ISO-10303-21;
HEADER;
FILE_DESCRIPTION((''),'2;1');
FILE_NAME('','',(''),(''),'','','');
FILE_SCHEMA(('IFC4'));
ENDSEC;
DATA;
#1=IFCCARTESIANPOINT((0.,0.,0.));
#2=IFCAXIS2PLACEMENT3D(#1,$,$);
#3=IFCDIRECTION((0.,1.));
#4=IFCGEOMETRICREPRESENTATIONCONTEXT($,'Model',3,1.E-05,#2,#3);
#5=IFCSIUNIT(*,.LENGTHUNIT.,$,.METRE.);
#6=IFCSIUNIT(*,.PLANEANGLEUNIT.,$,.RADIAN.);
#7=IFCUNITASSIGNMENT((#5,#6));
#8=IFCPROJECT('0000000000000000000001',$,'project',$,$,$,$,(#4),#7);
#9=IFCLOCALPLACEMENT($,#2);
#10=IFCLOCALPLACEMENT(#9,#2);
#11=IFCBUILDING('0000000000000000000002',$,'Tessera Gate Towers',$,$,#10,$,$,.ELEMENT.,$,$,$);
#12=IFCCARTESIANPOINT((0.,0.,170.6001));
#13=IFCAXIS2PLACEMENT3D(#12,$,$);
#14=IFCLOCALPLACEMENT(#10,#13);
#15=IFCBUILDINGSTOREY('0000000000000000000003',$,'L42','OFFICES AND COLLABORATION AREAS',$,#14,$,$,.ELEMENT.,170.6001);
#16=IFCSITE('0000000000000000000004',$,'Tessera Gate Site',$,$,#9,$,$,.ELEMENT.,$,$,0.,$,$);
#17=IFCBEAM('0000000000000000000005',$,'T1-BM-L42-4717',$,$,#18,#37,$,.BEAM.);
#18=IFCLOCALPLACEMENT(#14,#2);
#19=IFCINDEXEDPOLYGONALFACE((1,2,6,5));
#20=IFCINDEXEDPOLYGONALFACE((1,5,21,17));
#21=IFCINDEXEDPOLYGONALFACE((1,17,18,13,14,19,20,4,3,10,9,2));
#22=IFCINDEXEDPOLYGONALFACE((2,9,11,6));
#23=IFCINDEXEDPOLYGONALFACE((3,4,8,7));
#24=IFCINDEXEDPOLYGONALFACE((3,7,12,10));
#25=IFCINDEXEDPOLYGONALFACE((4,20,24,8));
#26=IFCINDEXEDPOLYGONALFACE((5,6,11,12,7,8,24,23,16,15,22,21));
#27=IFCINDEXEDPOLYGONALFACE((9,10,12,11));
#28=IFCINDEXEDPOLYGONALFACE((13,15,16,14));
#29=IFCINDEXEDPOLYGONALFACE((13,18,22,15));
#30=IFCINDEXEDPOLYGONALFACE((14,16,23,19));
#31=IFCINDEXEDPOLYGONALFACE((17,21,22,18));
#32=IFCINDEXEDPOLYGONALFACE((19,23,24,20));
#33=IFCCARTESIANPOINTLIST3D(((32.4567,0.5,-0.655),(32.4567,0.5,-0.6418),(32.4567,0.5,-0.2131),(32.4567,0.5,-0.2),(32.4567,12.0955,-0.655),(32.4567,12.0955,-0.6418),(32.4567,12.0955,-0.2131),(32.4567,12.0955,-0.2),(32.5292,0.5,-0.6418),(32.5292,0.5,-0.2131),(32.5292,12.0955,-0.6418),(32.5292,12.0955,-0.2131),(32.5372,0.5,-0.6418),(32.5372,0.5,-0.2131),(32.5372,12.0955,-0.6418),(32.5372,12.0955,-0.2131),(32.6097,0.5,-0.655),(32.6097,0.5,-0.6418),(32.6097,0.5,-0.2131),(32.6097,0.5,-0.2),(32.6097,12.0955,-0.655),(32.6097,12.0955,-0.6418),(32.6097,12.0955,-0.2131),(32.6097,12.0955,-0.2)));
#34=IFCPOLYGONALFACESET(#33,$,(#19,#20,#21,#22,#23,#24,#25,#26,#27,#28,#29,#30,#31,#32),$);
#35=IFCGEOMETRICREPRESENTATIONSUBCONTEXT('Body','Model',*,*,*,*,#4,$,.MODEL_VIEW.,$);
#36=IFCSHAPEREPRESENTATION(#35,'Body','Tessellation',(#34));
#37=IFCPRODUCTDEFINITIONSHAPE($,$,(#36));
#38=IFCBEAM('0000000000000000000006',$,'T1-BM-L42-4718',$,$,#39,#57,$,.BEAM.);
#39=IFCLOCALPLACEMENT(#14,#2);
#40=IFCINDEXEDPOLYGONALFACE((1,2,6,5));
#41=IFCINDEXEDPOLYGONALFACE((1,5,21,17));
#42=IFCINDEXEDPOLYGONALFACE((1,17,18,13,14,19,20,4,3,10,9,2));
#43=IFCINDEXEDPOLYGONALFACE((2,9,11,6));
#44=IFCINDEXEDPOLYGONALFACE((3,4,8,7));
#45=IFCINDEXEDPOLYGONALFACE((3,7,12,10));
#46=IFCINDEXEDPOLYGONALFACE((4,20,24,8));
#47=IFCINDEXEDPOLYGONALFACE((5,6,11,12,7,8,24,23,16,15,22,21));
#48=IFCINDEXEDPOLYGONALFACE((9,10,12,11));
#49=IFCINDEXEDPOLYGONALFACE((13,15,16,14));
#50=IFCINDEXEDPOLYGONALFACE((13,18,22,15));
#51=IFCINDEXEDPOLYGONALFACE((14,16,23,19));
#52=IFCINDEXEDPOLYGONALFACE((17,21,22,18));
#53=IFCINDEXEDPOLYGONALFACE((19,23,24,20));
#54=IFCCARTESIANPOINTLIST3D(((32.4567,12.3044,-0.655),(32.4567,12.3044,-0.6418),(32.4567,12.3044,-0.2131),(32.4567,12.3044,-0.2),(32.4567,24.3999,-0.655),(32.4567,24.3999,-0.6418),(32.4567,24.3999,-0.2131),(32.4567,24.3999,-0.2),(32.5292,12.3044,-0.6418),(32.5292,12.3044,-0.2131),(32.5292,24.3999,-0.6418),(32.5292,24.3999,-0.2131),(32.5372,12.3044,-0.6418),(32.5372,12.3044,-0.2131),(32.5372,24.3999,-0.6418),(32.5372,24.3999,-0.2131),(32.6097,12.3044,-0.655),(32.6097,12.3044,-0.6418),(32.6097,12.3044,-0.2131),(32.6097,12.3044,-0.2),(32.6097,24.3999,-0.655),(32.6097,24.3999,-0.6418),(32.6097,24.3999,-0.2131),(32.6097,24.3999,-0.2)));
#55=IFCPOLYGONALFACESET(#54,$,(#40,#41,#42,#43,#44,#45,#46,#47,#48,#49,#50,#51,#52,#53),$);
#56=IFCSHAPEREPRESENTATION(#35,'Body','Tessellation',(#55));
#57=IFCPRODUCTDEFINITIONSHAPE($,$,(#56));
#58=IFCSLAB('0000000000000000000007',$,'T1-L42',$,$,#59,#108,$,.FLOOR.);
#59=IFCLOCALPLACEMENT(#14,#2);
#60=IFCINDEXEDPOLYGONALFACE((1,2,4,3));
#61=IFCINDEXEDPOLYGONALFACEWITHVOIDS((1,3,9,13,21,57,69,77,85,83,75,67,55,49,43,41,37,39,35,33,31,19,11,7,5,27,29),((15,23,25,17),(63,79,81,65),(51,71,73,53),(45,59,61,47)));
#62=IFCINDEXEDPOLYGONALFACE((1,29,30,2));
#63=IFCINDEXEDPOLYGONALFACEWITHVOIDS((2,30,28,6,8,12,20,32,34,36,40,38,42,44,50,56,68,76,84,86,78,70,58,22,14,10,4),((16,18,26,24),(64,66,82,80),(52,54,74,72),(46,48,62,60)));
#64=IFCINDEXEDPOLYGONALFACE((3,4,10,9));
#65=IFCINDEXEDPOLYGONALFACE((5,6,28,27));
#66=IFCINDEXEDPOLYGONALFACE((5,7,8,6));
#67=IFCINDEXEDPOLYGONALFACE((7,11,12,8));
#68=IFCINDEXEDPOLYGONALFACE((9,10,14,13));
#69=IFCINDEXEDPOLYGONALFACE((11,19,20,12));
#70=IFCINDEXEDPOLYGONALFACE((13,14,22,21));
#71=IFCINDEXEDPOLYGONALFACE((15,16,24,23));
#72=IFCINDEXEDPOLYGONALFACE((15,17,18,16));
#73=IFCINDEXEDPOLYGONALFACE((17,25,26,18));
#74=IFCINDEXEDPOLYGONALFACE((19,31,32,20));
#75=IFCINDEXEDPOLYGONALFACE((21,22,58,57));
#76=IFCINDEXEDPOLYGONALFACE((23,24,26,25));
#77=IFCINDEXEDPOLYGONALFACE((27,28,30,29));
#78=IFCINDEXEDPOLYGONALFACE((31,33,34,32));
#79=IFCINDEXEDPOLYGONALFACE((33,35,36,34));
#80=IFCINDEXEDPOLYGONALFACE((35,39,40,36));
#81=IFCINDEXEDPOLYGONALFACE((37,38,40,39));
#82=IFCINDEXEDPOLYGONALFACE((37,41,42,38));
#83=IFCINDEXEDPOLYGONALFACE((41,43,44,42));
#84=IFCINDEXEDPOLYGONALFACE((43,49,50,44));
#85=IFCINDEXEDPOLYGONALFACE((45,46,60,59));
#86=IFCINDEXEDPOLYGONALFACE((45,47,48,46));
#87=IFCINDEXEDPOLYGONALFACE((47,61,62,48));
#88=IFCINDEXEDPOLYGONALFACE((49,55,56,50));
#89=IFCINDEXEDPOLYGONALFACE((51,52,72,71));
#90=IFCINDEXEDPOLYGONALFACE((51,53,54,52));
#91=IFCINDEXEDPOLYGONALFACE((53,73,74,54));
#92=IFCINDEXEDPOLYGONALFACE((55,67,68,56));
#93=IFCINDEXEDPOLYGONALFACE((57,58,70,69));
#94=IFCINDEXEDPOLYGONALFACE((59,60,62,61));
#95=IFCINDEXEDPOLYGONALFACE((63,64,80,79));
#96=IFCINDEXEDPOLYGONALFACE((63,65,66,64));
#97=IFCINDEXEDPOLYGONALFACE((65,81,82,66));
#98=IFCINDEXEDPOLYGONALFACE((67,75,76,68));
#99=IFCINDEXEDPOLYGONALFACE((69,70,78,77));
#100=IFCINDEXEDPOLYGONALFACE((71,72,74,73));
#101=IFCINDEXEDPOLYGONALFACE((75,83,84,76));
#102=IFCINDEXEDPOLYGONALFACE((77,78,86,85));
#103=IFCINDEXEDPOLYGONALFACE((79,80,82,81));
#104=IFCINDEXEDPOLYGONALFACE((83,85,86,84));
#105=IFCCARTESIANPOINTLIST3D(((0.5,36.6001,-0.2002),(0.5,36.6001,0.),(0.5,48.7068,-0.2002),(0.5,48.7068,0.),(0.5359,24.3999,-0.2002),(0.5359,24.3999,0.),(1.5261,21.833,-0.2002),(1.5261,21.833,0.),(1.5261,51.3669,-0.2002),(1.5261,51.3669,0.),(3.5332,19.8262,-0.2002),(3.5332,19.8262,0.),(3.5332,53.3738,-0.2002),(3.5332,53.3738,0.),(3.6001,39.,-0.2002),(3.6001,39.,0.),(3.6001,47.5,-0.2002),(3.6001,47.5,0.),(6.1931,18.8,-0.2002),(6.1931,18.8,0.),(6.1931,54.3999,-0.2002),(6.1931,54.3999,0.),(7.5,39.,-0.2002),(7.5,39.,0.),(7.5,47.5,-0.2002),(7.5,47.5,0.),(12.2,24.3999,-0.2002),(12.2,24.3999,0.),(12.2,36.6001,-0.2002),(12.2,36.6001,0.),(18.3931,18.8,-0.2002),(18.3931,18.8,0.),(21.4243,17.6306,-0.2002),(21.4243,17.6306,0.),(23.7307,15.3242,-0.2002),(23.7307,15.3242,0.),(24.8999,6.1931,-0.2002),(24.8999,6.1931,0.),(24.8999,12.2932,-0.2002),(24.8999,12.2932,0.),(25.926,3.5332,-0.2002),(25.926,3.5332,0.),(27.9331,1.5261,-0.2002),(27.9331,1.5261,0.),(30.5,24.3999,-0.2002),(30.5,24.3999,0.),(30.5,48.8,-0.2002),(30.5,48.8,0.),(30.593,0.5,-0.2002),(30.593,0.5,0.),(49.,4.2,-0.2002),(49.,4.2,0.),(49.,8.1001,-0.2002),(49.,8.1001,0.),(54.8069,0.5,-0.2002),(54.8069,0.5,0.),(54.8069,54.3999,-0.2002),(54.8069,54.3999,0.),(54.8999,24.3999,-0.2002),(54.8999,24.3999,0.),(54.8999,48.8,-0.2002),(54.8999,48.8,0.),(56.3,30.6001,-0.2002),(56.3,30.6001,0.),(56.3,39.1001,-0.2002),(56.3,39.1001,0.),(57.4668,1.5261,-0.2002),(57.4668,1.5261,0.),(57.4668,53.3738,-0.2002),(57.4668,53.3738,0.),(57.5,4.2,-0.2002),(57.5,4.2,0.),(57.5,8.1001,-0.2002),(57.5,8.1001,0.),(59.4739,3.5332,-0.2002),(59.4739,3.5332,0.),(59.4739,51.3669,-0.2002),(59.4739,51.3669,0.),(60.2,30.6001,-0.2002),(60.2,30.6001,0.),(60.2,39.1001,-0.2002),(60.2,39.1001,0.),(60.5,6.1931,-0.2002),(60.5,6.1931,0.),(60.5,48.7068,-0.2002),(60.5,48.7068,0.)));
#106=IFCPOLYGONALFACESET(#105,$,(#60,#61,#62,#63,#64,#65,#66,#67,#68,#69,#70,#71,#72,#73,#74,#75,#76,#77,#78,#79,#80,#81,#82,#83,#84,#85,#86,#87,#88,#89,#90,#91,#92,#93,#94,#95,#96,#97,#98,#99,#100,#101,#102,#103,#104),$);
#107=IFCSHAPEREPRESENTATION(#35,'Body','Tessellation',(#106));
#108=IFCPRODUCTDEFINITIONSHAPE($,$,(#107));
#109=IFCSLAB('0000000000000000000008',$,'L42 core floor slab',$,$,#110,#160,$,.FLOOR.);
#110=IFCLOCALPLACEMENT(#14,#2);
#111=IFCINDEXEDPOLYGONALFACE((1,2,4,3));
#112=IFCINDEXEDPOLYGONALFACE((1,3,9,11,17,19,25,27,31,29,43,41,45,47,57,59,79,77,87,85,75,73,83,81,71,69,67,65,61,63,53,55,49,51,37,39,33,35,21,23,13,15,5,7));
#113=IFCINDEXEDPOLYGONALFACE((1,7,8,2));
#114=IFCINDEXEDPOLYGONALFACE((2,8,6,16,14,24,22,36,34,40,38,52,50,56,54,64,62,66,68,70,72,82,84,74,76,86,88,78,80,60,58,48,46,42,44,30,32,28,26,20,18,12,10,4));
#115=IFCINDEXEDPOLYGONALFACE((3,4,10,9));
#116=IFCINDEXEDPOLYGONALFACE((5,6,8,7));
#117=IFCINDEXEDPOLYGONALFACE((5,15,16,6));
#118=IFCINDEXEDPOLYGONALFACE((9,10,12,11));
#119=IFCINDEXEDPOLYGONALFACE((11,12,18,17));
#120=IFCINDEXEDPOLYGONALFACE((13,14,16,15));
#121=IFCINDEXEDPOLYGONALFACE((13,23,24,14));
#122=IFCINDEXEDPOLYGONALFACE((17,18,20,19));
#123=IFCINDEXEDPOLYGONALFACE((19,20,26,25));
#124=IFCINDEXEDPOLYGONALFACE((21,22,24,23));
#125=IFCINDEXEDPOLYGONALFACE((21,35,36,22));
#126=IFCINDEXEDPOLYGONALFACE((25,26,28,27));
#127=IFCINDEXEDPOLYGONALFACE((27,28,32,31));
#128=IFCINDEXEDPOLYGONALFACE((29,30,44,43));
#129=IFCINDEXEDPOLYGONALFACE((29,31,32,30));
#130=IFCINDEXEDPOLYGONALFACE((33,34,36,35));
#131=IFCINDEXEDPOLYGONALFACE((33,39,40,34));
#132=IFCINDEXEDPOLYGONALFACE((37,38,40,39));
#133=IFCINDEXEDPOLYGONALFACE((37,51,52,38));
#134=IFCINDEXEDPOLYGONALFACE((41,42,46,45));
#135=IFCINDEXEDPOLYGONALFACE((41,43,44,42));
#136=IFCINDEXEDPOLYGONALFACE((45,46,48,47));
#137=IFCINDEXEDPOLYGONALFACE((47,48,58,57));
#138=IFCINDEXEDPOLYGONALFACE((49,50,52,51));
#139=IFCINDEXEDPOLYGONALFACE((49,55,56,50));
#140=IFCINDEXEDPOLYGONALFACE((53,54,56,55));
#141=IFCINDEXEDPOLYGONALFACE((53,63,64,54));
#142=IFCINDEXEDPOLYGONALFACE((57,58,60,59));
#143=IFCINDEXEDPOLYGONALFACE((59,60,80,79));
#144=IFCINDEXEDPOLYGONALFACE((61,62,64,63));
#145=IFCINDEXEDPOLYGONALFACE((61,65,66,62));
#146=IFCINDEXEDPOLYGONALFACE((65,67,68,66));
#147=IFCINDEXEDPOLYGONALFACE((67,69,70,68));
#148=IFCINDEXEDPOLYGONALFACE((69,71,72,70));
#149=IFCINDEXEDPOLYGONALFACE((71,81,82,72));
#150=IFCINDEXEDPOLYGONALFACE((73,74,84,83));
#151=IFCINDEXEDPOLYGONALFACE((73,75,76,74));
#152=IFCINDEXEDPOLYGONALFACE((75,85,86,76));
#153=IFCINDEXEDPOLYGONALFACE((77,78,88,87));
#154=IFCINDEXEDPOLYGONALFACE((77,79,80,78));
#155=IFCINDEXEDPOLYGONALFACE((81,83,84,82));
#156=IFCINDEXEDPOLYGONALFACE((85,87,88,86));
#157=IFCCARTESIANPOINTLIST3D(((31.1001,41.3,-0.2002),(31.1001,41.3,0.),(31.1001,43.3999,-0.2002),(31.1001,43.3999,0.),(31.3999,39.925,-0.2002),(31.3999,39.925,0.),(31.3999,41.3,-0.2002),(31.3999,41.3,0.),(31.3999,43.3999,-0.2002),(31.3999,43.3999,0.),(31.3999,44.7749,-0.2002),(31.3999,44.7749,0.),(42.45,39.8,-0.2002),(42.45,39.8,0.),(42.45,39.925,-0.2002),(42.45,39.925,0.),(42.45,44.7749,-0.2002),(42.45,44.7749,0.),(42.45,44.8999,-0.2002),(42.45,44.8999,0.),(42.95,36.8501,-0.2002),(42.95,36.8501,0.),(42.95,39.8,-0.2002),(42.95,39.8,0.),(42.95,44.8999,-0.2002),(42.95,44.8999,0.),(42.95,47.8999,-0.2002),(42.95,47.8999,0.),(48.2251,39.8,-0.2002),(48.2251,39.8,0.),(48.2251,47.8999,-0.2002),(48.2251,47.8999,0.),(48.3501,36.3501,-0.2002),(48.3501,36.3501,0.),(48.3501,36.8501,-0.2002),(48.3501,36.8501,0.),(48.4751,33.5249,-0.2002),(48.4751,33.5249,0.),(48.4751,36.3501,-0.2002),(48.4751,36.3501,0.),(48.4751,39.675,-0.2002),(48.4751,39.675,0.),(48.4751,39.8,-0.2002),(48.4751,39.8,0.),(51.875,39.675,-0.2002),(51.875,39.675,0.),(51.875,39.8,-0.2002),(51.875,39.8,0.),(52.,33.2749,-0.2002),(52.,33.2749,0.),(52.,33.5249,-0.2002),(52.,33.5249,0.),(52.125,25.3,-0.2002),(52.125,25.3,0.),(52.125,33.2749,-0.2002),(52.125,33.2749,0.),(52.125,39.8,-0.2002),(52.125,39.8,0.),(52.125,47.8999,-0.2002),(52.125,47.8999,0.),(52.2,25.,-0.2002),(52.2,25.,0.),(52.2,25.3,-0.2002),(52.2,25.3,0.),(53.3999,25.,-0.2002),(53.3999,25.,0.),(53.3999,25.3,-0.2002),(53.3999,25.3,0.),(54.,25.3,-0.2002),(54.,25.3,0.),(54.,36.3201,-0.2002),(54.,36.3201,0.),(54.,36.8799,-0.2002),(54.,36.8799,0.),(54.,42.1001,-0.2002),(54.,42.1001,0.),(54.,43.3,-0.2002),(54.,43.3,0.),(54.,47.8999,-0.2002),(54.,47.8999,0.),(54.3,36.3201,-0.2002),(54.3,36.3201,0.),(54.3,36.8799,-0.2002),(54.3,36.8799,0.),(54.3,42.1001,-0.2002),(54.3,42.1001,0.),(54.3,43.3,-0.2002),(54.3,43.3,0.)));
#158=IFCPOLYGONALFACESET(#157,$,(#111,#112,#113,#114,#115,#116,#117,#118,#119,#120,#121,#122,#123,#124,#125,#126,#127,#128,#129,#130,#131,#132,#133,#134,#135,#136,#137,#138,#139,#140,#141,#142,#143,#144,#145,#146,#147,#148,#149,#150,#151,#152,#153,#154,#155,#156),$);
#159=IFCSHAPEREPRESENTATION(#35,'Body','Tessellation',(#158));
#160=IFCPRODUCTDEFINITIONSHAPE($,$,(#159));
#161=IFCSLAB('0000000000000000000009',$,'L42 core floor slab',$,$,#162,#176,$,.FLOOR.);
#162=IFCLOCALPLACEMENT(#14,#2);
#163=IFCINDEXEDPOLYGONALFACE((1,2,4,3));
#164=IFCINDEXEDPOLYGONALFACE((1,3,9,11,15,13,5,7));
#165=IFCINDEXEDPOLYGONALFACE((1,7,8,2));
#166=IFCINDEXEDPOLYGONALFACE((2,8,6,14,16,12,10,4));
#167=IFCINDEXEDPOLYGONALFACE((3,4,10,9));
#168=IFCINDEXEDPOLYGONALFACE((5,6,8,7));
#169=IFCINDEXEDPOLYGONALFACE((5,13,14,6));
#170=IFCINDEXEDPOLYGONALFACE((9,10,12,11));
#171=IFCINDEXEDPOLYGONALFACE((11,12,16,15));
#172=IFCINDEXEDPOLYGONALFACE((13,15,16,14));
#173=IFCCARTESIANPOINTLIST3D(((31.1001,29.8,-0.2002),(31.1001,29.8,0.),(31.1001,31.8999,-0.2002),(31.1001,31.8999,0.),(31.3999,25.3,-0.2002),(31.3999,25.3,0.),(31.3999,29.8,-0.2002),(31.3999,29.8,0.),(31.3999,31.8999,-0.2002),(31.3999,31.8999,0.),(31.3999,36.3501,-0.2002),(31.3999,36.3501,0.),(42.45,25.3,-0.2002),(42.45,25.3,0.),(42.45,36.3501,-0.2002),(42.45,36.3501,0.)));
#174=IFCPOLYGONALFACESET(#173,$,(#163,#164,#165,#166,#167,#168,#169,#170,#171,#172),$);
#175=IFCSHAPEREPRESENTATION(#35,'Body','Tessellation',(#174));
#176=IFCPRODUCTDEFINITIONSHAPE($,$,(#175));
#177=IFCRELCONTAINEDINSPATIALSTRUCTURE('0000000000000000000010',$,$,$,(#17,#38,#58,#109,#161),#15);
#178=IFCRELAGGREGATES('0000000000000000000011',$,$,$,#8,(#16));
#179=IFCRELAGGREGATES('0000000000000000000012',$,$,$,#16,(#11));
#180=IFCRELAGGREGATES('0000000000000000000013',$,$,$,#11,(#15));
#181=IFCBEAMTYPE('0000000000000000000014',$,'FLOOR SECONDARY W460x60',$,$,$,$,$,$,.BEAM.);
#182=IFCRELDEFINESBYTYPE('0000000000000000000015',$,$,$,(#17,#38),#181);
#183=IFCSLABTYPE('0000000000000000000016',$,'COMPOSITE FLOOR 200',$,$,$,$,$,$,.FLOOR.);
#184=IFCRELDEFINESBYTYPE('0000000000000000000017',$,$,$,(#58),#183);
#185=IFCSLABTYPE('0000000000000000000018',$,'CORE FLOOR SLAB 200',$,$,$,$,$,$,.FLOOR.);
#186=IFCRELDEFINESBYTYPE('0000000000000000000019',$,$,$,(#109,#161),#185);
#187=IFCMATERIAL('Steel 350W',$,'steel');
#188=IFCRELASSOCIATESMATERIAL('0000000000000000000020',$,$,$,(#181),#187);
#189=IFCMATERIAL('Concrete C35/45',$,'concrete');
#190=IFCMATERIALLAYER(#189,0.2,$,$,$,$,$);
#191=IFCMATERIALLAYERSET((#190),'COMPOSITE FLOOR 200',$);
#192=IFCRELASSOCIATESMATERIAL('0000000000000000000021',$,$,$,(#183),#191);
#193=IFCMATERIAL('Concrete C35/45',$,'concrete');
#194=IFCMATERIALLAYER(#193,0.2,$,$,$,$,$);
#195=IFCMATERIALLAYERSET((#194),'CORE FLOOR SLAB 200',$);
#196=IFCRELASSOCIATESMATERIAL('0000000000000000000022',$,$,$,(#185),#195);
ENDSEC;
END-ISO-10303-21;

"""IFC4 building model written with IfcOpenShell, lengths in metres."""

from ifc_helpers import new_model, si_unit, direction, frame, origin, origin_2d, place, context, subcontext, project, spatial, polyline, i_section, outline, extrude, material, layer, layer_set, material_profile, profile_set, type_object, element, save


model = new_model("IFC4")

# Units and contexts
model_context = context("Model", 3, precision=1e-05, world=origin(), true_north=direction((0.0, 1.0)))
body_context = subcontext(model_context, "Body", "Model", "MODEL_VIEW")
ifc_project = project(units=[si_unit("LENGTHUNIT", "METRE"), si_unit("PLANEANGLEUNIT", "RADIAN")], contexts=[model_context])

# Site, building, storey
site_placement = place(None, origin())
site = spatial("IfcSite", under=ifc_project, at=site_placement, Name="Tessera Gate Site", CompositionType="ELEMENT", RefElevation=0.0)
building_placement = place(site_placement, origin())
building = spatial("IfcBuilding", under=site, at=building_placement, Name="Tessera Gate Towers", CompositionType="ELEMENT")
storey_placement = place(building_placement, frame((0.0, 0.0, 170.6001)))
storey = spatial("IfcBuildingStorey", under=building, at=storey_placement, Name="L42", Description="OFFICES AND COLLABORATION AREAS", CompositionType="ELEMENT", Elevation=170.6001)

# Beams
ifc_material_1 = material(Name="Steel 350W", Category="steel")
ifc_material_profile_1 = material_profile(ifc_material_1, i_section(OverallWidth=0.1531, OverallDepth=0.4551, WebThickness=0.0081, FlangeThickness=0.0132, at=origin_2d()), Name="W460x60")
ifc_profile_set_1 = profile_set([ifc_material_profile_1], Name="Steel 350W")
beam_type_1 = type_object("IfcBeamType", Name="FLOOR SECONDARY W460x60", PredefinedType="BEAM", material=ifc_profile_set_1)
beam_1_placement = place(storey_placement, frame((32.5332, 0.5, -0.4275), z_axis=(0.0, 1.0, 0.0), x_axis=(-1.0, 0.0, 0.0)))
element("IfcBeam", 1, at=beam_1_placement, inside=storey, type_object=beam_type_1, Name="T1-BM-L42-4717", PredefinedType="BEAM", context=body_context, shape_type="SweptSolid", body=[
    extrude(i_section(OverallWidth=0.1531, OverallDepth=0.4551, WebThickness=0.0081, FlangeThickness=0.0132, at=origin_2d()), origin(), (0.0, 0.0, 1.0), 11.5955),
])
beam_2_placement = place(storey_placement, frame((32.5332, 12.3044, -0.4275), z_axis=(0.0, 1.0, 0.0), x_axis=(-1.0, 0.0, 0.0)))
element("IfcBeam", 2, at=beam_2_placement, inside=storey, type_object=beam_type_1, Name="T1-BM-L42-4718", PredefinedType="BEAM", context=body_context, shape_type="SweptSolid", body=[
    extrude(i_section(OverallWidth=0.1531, OverallDepth=0.4551, WebThickness=0.0081, FlangeThickness=0.0132, at=origin_2d()), origin(), (0.0, 0.0, 1.0), 12.0955),
])

# Slabs
ifc_material_2 = material(Name="Concrete C35/45", Category="concrete")
ifc_layer_1 = layer(ifc_material_2, 0.2)
ifc_layer_set_1 = layer_set([ifc_layer_1], Name="COMPOSITE FLOOR 200")
slab_type_1 = type_object("IfcSlabType", Name="COMPOSITE FLOOR 200", PredefinedType="FLOOR", material=ifc_layer_set_1)
slab_1_placement = place(storey_placement, frame((0.0, 0.0, -0.2002)))
element("IfcSlab", 3, at=slab_1_placement, inside=storey, type_object=slab_type_1, Name="T1-L42", PredefinedType="FLOOR", context=body_context, shape_type="SweptSolid", body=[
    extrude(outline(polyline([(0.5, 36.6001), (12.2, 36.6001), (12.2, 24.3999), (0.5359, 24.3999), (1.5261, 21.833), (3.5332, 19.8262), (6.1931, 18.8), (18.3931, 18.8), (21.4243, 17.6306), (23.7307, 15.3242), (24.8999, 12.2932), (24.8999, 6.1931), (25.926, 3.5332), (27.9331, 1.5261), (30.593, 0.5), (54.8069, 0.5), (57.4668, 1.5261), (59.4739, 3.5332), (60.5, 6.1931), (60.5, 48.7068), (59.4739, 51.3669), (57.4668, 53.3738), (54.8069, 54.3999), (6.1931, 54.3999), (3.5332, 53.3738), (1.5261, 51.3669), (0.5, 48.7068), (0.5, 36.6001)]), holes=[polyline([(3.6001, 39.0), (3.6001, 47.5), (7.5, 47.5), (7.5, 39.0), (3.6001, 39.0)]), polyline([(30.5, 24.3999), (30.5, 48.8), (54.8999, 48.8), (54.8999, 24.3999), (30.5, 24.3999)]), polyline([(49.0, 4.2), (49.0, 8.1001), (57.5, 8.1001), (57.5, 4.2), (49.0, 4.2)]), polyline([(56.3, 30.6001), (56.3, 39.1001), (60.2, 39.1001), (60.2, 30.6001), (56.3, 30.6001)])]), origin(), (0.0, 0.0, 1.0), 0.2002),
])
ifc_material_3 = material(Name="Concrete C35/45", Category="concrete")
ifc_layer_2 = layer(ifc_material_3, 0.2)
ifc_layer_set_2 = layer_set([ifc_layer_2], Name="CORE FLOOR SLAB 200")
slab_type_2 = type_object("IfcSlabType", Name="CORE FLOOR SLAB 200", PredefinedType="FLOOR", material=ifc_layer_set_2)
slab_2_placement = place(storey_placement, frame((0.0, 0.0, -0.2002)))
element("IfcSlab", 4, at=slab_2_placement, inside=storey, type_object=slab_type_2, Name="L42 core floor slab", PredefinedType="FLOOR", context=body_context, shape_type="SweptSolid", body=[
    extrude(outline(polyline([(42.45, 44.8999), (42.45, 44.7749), (31.3999, 44.7749), (31.3999, 43.3999), (31.1001, 43.3999), (31.1001, 41.3), (31.3999, 41.3), (31.3999, 39.925), (42.45, 39.925), (42.45, 39.8), (42.95, 39.8), (42.95, 36.8501), (48.3501, 36.8501), (48.3501, 36.3501), (48.4751, 36.3501), (48.4751, 33.5249), (52.0, 33.5249), (52.0, 33.2749), (52.125, 33.2749), (52.125, 25.3), (52.2, 25.3), (52.2, 25.0), (53.3999, 25.0), (53.3999, 25.3), (54.0, 25.3), (54.0, 36.3201), (54.3, 36.3201), (54.3, 36.8799), (54.0, 36.8799), (54.0, 42.1001), (54.3, 42.1001), (54.3, 43.3), (54.0, 43.3), (54.0, 47.8999), (52.125, 47.8999), (52.125, 39.8), (51.875, 39.8), (51.875, 39.675), (48.4751, 39.675), (48.4751, 39.8), (48.2251, 39.8), (48.2251, 47.8999), (42.95, 47.8999), (42.95, 44.8999), (42.45, 44.8999)])), origin(), (0.0, 0.0, 1.0), 0.2002),
])
slab_3_placement = place(storey_placement, frame((0.0, 0.0, -0.2002)))
element("IfcSlab", 5, at=slab_3_placement, inside=storey, type_object=slab_type_2, Name="L42 core floor slab", PredefinedType="FLOOR", context=body_context, shape_type="SweptSolid", body=[
    extrude(outline(polyline([(31.3999, 36.3501), (31.3999, 31.8999), (31.1001, 31.8999), (31.1001, 29.8), (31.3999, 29.8), (31.3999, 25.3), (42.45, 25.3), (42.45, 36.3501), (31.3999, 36.3501)])), origin(), (0.0, 0.0, 1.0), 0.2002),
])

save(model, "model.ifc")
